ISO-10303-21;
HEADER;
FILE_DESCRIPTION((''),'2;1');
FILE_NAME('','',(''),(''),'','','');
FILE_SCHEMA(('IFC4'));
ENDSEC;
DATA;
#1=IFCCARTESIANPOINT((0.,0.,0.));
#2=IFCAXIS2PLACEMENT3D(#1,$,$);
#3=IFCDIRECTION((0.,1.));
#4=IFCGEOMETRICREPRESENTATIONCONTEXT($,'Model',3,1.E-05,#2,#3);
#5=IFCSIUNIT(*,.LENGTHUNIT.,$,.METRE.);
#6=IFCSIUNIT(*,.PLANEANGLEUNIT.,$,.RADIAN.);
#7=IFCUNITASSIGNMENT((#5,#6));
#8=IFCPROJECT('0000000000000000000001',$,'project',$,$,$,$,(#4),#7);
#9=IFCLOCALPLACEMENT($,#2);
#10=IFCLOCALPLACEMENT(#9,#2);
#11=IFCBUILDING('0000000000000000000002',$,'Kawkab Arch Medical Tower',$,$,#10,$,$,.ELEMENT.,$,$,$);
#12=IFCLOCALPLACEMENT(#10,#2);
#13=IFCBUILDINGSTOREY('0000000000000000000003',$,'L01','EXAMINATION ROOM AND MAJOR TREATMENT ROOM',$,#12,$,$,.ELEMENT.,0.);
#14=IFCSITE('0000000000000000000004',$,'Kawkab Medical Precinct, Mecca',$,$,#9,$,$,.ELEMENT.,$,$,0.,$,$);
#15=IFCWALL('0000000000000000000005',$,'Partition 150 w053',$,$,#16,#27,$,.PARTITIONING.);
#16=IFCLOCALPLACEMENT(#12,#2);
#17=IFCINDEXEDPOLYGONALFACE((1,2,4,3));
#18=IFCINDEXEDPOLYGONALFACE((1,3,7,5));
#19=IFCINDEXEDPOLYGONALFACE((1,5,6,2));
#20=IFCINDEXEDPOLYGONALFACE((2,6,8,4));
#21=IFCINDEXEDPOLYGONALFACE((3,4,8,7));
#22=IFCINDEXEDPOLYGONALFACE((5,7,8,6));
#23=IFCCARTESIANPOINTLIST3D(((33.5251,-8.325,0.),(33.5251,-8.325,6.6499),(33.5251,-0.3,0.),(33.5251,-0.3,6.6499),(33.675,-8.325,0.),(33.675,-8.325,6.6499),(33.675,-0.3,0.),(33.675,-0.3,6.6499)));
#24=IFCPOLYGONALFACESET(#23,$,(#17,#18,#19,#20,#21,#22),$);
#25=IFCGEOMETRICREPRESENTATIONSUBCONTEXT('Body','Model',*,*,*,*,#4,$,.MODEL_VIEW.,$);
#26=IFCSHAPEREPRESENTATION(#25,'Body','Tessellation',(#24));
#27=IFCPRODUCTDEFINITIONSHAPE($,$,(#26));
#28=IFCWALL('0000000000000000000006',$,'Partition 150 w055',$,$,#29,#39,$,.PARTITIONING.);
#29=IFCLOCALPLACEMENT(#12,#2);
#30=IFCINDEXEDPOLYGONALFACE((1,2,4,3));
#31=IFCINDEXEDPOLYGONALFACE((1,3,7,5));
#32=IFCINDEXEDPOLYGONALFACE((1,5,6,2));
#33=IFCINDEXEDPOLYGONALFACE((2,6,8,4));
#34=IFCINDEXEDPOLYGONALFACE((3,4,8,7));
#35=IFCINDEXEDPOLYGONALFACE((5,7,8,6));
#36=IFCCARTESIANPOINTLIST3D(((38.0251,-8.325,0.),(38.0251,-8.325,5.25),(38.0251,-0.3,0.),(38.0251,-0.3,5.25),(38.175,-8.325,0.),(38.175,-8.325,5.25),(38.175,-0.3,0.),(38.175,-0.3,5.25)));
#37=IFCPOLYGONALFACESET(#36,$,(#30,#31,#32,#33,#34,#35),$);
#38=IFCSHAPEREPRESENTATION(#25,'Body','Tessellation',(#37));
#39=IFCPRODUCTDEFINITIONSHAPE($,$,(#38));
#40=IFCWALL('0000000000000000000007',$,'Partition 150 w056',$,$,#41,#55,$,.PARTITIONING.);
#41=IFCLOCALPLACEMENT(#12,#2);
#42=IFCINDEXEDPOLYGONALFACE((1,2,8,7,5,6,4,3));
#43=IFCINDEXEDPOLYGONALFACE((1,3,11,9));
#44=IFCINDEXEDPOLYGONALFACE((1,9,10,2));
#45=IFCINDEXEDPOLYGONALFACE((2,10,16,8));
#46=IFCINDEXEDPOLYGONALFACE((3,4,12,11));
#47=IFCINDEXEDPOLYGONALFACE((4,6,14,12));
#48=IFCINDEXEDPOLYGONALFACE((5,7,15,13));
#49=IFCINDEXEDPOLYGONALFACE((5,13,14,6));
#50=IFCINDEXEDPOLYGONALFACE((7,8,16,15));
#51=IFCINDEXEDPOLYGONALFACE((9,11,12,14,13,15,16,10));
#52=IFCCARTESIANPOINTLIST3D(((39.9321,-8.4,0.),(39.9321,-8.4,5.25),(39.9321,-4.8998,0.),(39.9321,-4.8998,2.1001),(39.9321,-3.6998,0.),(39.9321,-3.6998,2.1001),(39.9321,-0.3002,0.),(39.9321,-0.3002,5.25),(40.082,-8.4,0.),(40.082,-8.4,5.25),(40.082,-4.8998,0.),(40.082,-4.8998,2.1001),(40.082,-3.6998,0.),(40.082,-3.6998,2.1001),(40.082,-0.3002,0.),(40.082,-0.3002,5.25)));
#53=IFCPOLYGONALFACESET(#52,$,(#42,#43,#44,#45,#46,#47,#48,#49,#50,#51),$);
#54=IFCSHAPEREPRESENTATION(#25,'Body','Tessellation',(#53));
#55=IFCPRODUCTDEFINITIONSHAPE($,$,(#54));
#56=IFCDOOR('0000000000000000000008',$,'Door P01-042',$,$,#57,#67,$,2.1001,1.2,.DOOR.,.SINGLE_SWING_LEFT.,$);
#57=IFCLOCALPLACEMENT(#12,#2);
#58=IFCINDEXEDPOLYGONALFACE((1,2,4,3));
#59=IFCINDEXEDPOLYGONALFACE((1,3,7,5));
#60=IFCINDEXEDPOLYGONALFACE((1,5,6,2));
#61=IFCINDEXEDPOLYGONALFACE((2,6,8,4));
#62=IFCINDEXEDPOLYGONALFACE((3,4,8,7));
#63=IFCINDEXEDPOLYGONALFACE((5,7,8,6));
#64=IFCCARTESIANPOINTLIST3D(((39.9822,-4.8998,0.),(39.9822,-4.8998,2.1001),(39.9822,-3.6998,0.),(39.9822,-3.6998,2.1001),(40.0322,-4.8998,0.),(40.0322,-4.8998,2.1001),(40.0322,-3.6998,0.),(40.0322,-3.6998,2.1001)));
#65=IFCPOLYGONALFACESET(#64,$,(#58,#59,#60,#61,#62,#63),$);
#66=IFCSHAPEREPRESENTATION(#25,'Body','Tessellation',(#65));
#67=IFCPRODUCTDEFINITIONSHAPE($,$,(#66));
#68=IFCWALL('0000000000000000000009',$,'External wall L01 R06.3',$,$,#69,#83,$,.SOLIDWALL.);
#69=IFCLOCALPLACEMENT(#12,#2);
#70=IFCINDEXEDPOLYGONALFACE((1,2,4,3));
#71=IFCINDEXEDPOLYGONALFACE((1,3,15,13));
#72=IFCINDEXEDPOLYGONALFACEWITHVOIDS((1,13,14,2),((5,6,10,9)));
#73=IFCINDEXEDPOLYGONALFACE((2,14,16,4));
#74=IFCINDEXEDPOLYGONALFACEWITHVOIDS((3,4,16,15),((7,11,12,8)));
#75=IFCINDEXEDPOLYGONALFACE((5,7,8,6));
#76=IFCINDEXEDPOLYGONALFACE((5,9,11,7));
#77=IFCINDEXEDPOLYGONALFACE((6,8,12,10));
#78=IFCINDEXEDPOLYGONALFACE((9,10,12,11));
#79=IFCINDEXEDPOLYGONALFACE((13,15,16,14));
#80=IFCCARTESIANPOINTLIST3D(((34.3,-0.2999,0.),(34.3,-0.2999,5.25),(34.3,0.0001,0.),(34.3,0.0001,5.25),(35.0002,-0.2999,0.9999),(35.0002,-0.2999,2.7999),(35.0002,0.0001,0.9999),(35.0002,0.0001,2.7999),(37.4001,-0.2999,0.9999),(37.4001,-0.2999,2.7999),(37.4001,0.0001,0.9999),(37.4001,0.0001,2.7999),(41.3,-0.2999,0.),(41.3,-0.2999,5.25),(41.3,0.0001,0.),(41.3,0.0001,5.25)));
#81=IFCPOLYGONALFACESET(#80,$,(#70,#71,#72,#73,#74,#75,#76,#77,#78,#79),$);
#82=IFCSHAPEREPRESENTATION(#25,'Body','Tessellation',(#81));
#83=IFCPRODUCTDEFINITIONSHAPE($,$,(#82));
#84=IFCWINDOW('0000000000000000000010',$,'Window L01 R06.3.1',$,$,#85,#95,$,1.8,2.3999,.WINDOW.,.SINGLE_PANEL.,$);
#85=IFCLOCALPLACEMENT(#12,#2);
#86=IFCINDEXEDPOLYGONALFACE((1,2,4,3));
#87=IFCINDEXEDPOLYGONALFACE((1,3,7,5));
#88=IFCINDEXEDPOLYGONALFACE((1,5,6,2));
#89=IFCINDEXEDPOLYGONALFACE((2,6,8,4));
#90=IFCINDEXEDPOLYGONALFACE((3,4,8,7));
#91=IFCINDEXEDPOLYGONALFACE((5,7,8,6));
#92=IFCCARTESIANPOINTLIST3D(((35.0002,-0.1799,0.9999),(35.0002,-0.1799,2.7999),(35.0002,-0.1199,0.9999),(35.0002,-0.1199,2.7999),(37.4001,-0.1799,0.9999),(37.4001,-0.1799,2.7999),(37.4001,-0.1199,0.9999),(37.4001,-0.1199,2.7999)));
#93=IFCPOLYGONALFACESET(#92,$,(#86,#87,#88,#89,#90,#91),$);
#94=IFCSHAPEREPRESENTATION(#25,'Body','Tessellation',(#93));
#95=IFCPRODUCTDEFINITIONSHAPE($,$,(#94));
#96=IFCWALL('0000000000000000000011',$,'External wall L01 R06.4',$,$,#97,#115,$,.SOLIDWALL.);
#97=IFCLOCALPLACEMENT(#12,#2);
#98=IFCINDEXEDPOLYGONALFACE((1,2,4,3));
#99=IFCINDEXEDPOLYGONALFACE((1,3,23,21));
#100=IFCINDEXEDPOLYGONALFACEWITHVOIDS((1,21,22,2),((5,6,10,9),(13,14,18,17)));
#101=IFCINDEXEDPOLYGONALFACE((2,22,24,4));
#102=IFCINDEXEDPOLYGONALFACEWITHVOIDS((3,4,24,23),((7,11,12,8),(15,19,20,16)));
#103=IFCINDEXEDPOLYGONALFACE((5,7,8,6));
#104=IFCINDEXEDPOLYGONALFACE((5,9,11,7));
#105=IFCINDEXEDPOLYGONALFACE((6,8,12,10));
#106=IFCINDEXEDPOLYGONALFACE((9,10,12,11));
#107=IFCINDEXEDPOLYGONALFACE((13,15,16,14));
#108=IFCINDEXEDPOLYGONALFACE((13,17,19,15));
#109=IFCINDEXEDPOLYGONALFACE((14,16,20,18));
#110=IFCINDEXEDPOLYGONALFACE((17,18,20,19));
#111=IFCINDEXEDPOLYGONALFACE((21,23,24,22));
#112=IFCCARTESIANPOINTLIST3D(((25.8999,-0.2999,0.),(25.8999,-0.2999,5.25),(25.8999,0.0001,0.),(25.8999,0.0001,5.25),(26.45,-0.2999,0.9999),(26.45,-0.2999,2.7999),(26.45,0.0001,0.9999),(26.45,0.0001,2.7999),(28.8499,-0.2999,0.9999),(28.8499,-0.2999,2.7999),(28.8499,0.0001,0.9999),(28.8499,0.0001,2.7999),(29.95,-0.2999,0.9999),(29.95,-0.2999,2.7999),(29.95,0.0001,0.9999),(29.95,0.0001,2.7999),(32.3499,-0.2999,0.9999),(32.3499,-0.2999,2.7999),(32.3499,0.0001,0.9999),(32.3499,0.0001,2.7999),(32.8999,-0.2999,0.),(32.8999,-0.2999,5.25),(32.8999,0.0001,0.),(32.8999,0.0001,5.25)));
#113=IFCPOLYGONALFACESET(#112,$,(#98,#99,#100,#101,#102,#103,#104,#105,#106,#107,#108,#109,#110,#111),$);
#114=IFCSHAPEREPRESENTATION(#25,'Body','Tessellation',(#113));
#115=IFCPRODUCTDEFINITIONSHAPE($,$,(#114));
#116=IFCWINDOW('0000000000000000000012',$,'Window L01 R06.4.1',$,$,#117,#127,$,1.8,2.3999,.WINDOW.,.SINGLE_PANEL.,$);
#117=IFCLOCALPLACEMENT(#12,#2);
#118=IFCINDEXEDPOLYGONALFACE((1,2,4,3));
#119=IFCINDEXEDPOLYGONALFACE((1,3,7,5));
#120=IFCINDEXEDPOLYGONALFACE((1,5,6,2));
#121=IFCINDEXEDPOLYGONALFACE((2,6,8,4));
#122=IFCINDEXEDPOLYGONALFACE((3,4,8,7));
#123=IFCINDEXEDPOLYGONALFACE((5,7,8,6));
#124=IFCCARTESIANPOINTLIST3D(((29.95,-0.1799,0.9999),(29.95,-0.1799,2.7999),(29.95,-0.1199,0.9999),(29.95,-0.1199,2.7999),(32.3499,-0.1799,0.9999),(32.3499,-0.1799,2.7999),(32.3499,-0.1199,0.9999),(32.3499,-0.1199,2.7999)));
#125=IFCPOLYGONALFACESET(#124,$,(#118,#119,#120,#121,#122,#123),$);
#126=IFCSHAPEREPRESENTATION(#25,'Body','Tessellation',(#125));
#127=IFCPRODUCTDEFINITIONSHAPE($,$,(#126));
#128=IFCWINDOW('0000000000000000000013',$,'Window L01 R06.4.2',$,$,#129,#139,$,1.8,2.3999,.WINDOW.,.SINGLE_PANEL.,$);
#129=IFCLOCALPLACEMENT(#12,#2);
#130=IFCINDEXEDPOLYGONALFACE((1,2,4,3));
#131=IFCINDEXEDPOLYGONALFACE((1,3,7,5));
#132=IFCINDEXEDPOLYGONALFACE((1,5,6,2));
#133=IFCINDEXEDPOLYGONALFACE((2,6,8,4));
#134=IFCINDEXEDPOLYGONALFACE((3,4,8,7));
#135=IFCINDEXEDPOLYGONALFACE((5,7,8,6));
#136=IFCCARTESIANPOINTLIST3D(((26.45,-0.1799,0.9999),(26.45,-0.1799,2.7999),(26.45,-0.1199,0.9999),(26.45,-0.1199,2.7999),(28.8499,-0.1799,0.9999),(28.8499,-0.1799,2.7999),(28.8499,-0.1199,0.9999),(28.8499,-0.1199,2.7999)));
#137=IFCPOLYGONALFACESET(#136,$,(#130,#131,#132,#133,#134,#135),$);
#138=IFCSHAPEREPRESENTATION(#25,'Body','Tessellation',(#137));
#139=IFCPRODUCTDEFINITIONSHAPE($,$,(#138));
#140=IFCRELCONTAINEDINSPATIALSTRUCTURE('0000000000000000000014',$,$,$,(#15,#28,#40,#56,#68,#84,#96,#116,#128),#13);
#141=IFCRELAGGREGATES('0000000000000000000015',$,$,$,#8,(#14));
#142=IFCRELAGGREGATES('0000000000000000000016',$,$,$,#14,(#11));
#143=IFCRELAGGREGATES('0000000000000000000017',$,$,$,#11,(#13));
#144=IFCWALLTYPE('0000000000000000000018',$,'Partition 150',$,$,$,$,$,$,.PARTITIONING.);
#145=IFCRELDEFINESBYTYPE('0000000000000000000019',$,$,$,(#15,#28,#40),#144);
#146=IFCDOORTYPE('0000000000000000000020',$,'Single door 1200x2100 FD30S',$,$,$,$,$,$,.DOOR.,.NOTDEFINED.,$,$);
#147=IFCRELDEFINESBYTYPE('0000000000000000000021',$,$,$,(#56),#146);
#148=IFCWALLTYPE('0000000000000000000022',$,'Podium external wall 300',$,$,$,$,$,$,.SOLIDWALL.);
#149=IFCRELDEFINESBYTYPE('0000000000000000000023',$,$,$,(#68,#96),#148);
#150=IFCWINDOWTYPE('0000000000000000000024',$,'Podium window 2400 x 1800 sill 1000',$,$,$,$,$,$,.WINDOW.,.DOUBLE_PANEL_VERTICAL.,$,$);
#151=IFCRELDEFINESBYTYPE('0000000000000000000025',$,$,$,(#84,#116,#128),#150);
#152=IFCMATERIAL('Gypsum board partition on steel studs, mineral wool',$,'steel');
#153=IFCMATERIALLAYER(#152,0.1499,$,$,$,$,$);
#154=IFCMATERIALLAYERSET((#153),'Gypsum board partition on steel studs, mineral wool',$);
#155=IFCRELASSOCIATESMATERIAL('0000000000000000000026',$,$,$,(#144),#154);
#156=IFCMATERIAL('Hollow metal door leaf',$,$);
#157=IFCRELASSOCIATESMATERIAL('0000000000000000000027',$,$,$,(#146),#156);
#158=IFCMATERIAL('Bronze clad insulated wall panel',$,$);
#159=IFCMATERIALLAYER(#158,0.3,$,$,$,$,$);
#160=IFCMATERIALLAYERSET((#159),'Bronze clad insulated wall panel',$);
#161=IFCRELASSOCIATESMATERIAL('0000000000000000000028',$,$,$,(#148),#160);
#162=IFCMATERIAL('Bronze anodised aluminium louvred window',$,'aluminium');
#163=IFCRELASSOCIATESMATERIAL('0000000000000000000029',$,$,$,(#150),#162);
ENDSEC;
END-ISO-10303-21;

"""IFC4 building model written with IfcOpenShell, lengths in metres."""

from ifc_helpers import new_model, si_unit, direction, frame, frame_2d, origin, place, context, subcontext, project, spatial, rectangle, extrude, material, layer, layer_set, type_object, element, fill, save


model = new_model("IFC4")

# Units and contexts
model_context = context("Model", 3, precision=1e-05, world=origin(), true_north=direction((0.0, 1.0)))
body_context = subcontext(model_context, "Body", "Model", "MODEL_VIEW")
ifc_project = project(units=[si_unit("LENGTHUNIT", "METRE"), si_unit("PLANEANGLEUNIT", "RADIAN")], contexts=[model_context])

# Site, building, storey
site_placement = place(None, origin())
site = spatial("IfcSite", under=ifc_project, at=site_placement, Name="Kawkab Medical Precinct, Mecca", CompositionType="ELEMENT", RefElevation=0.0)
building_placement = place(site_placement, origin())
building = spatial("IfcBuilding", under=site, at=building_placement, Name="Kawkab Arch Medical Tower", CompositionType="ELEMENT")
storey_placement = place(building_placement, origin())
storey = spatial("IfcBuildingStorey", under=building, at=storey_placement, Name="L01", Description="EXAMINATION ROOM AND MAJOR TREATMENT ROOM", CompositionType="ELEMENT", Elevation=0.0)

# Shared definitions
ifc_material_1 = material(Name="Gypsum board partition on steel studs, mineral wool", Category="steel")
ifc_layer_1 = layer(ifc_material_1, 0.1499)
ifc_layer_set_1 = layer_set([ifc_layer_1], Name="Gypsum board partition on steel studs, mineral wool")
wall_type_1 = type_object("IfcWallType", Name="Partition 150", PredefinedType="PARTITIONING", material=ifc_layer_set_1)

# Shared definitions
ifc_material_2 = material(Name="Hollow metal door leaf")
door_type_1 = type_object("IfcDoorType", Name="Single door 1200x2100 FD30S", OperationType="NOTDEFINED", PredefinedType="DOOR", material=ifc_material_2)

# Walls
wall_1_placement = place(storey_placement, frame((33.6001, -8.325, 0.0), z_axis=(0.0, 0.0, 1.0), x_axis=(0.0, 1.0, 0.0)))
element("IfcWall", 1, at=wall_1_placement, inside=storey, type_object=wall_type_1, Name="Partition 150 w053", PredefinedType="PARTITIONING", context=body_context, shape_type="SweptSolid", body=[
    extrude(rectangle(XDim=8.0249, YDim=0.1499, at=frame_2d((4.0125, 0.0))), origin(), (0.0, 0.0, 1.0), 6.6499),
])
wall_2_placement = place(storey_placement, frame((38.1001, -8.325, 0.0), z_axis=(0.0, 0.0, 1.0), x_axis=(0.0, 1.0, 0.0)))
element("IfcWall", 2, at=wall_2_placement, inside=storey, type_object=wall_type_1, Name="Partition 150 w055", PredefinedType="PARTITIONING", context=body_context, shape_type="SweptSolid", body=[
    extrude(rectangle(XDim=8.0249, YDim=0.1499, at=frame_2d((4.0125, 0.0))), origin(), (0.0, 0.0, 1.0), 5.25),
])

# Wall, opening, door
wall_3_placement = place(storey_placement, frame((40.0071, -8.3999, 0.0), z_axis=(0.0, 0.0, 1.0), x_axis=(0.0, 1.0, 0.0)))
wall_3 = element("IfcWall", 3, at=wall_3_placement, inside=storey, type_object=wall_type_1, Name="Partition 150 w056", PredefinedType="PARTITIONING", context=body_context, shape_type="SweptSolid", body=[
    extrude(rectangle(XDim=8.0999, YDim=0.1499, at=frame_2d((4.0498, 0.0))), origin(), (0.0, 0.0, 1.0), 5.25),
])
opening_1_placement = place(wall_3_placement, frame((3.5, 0.0, 0.0)))
opening_1 = element("IfcOpeningElement", 4, at=opening_1_placement, cuts=wall_3, PredefinedType="OPENING", context=body_context, shape_type="SweptSolid", body=[
    extrude(rectangle(XDim=1.2, YDim=2.1001, at=frame_2d((0.6001, 1.05))), frame((0.0, 0.085, 0.0), z_axis=(0.0, -1.0, 0.0), x_axis=(1.0, 0.0, 0.0)), (0.0, 0.0, 1.0), 0.1699),
])
door_1_placement = place(opening_1_placement, origin())
door_1 = element("IfcDoor", 5, at=door_1_placement, inside=storey, type_object=door_type_1, Name="Door P01-042", OperationType="SINGLE_SWING_LEFT", OverallHeight=2.1001, OverallWidth=1.2, PredefinedType="DOOR", context=body_context, shape_type="SweptSolid", body=[
    extrude(rectangle(XDim=1.2, YDim=2.1001, at=frame_2d((0.6001, 1.05))), frame((0.0, 0.0249, 0.0), z_axis=(0.0, -1.0, 0.0), x_axis=(1.0, 0.0, 0.0)), (0.0, 0.0, 1.0), 0.05),
])
fill(opening_1, door_1)

# Wall, opening, window
ifc_material_3 = material(Name="Bronze clad insulated wall panel")
ifc_layer_2 = layer(ifc_material_3, 0.3)
ifc_layer_set_2 = layer_set([ifc_layer_2], Name="Bronze clad insulated wall panel")
wall_type_2 = type_object("IfcWallType", Name="Podium external wall 300", PredefinedType="SOLIDWALL", material=ifc_layer_set_2)
wall_4_placement = place(storey_placement, frame((41.3, -0.1499, 0.0), z_axis=(0.0, 0.0, 1.0), x_axis=(-1.0, 0.0, 0.0)))
wall_4 = element("IfcWall", 6, at=wall_4_placement, inside=storey, type_object=wall_type_2, Name="External wall L01 R06.3", PredefinedType="SOLIDWALL", context=body_context, shape_type="SweptSolid", body=[
    extrude(rectangle(XDim=7.0, YDim=0.3, at=frame_2d((3.5, 0.0))), origin(), (0.0, 0.0, 1.0), 5.25),
])
opening_2_placement = place(wall_4_placement, frame((3.8999, 0.0, 1.0)))
opening_2 = element("IfcOpeningElement", 7, at=opening_2_placement, cuts=wall_4, PredefinedType="OPENING", context=body_context, shape_type="SweptSolid", body=[
    extrude(rectangle(XDim=2.3999, YDim=1.8, at=frame_2d((1.2, 0.8999))), frame((0.0, 0.1599, 0.0), z_axis=(0.0, -1.0, 0.0), x_axis=(1.0, 0.0, 0.0)), (0.0, 0.0, 1.0), 0.3201),
])
ifc_material_4 = material(Name="Bronze anodised aluminium louvred window", Category="aluminium")
window_type = type_object("IfcWindowType", Name="Podium window 2400 x 1800 sill 1000", PartitioningType="DOUBLE_PANEL_VERTICAL", PredefinedType="WINDOW", material=ifc_material_4)
window_1_placement = place(opening_2_placement, origin())
window_1 = element("IfcWindow", 8, at=window_1_placement, inside=storey, type_object=window_type, Name="Window L01 R06.3.1", OverallHeight=1.8, OverallWidth=2.3999, PartitioningType="SINGLE_PANEL", PredefinedType="WINDOW", context=body_context, shape_type="SweptSolid", body=[
    extrude(rectangle(XDim=2.3999, YDim=1.8, at=frame_2d((1.2, 0.8999))), frame((0.0, 0.03, 0.0), z_axis=(0.0, -1.0, 0.0), x_axis=(1.0, 0.0, 0.0)), (0.0, 0.0, 1.0), 0.0601),
])
fill(opening_2, window_1)

# Wall, openings, windows
wall_5_placement = place(storey_placement, frame((32.8999, -0.1499, 0.0), z_axis=(0.0, 0.0, 1.0), x_axis=(-1.0, 0.0, 0.0)))
wall_5 = element("IfcWall", 9, at=wall_5_placement, inside=storey, type_object=wall_type_2, Name="External wall L01 R06.4", PredefinedType="SOLIDWALL", context=body_context, shape_type="SweptSolid", body=[
    extrude(rectangle(XDim=7.0, YDim=0.3, at=frame_2d((3.5, 0.0))), origin(), (0.0, 0.0, 1.0), 5.25),
])
opening_3_placement = place(wall_5_placement, frame((0.55, 0.0, 1.0)))
opening_3 = element("IfcOpeningElement", 10, at=opening_3_placement, cuts=wall_5, PredefinedType="OPENING", context=body_context, shape_type="SweptSolid", body=[
    extrude(rectangle(XDim=2.3999, YDim=1.8, at=frame_2d((1.2, 0.8999))), frame((0.0, 0.1599, 0.0), z_axis=(0.0, -1.0, 0.0), x_axis=(1.0, 0.0, 0.0)), (0.0, 0.0, 1.0), 0.3201),
])
opening_4_placement = place(wall_5_placement, frame((4.05, 0.0, 1.0)))
opening_4 = element("IfcOpeningElement", 11, at=opening_4_placement, cuts=wall_5, PredefinedType="OPENING", context=body_context, shape_type="SweptSolid", body=[
    extrude(rectangle(XDim=2.3999, YDim=1.8, at=frame_2d((1.2, 0.8999))), frame((0.0, 0.1599, 0.0), z_axis=(0.0, -1.0, 0.0), x_axis=(1.0, 0.0, 0.0)), (0.0, 0.0, 1.0), 0.3201),
])
window_2_placement = place(opening_3_placement, origin())
window_2 = element("IfcWindow", 12, at=window_2_placement, inside=storey, type_object=window_type, Name="Window L01 R06.4.1", OverallHeight=1.8, OverallWidth=2.3999, PartitioningType="SINGLE_PANEL", PredefinedType="WINDOW", context=body_context, shape_type="SweptSolid", body=[
    extrude(rectangle(XDim=2.3999, YDim=1.8, at=frame_2d((1.2, 0.8999))), frame((0.0, 0.03, 0.0), z_axis=(0.0, -1.0, 0.0), x_axis=(1.0, 0.0, 0.0)), (0.0, 0.0, 1.0), 0.0601),
])
fill(opening_3, window_2)
window_3_placement = place(opening_4_placement, origin())
window_3 = element("IfcWindow", 13, at=window_3_placement, inside=storey, type_object=window_type, Name="Window L01 R06.4.2", OverallHeight=1.8, OverallWidth=2.3999, PartitioningType="SINGLE_PANEL", PredefinedType="WINDOW", context=body_context, shape_type="SweptSolid", body=[
    extrude(rectangle(XDim=2.3999, YDim=1.8, at=frame_2d((1.2, 0.8999))), frame((0.0, 0.03, 0.0), z_axis=(0.0, -1.0, 0.0), x_axis=(1.0, 0.0, 0.0)), (0.0, 0.0, 1.0), 0.0601),
])
fill(opening_4, window_3)

save(model, "model.ifc")
